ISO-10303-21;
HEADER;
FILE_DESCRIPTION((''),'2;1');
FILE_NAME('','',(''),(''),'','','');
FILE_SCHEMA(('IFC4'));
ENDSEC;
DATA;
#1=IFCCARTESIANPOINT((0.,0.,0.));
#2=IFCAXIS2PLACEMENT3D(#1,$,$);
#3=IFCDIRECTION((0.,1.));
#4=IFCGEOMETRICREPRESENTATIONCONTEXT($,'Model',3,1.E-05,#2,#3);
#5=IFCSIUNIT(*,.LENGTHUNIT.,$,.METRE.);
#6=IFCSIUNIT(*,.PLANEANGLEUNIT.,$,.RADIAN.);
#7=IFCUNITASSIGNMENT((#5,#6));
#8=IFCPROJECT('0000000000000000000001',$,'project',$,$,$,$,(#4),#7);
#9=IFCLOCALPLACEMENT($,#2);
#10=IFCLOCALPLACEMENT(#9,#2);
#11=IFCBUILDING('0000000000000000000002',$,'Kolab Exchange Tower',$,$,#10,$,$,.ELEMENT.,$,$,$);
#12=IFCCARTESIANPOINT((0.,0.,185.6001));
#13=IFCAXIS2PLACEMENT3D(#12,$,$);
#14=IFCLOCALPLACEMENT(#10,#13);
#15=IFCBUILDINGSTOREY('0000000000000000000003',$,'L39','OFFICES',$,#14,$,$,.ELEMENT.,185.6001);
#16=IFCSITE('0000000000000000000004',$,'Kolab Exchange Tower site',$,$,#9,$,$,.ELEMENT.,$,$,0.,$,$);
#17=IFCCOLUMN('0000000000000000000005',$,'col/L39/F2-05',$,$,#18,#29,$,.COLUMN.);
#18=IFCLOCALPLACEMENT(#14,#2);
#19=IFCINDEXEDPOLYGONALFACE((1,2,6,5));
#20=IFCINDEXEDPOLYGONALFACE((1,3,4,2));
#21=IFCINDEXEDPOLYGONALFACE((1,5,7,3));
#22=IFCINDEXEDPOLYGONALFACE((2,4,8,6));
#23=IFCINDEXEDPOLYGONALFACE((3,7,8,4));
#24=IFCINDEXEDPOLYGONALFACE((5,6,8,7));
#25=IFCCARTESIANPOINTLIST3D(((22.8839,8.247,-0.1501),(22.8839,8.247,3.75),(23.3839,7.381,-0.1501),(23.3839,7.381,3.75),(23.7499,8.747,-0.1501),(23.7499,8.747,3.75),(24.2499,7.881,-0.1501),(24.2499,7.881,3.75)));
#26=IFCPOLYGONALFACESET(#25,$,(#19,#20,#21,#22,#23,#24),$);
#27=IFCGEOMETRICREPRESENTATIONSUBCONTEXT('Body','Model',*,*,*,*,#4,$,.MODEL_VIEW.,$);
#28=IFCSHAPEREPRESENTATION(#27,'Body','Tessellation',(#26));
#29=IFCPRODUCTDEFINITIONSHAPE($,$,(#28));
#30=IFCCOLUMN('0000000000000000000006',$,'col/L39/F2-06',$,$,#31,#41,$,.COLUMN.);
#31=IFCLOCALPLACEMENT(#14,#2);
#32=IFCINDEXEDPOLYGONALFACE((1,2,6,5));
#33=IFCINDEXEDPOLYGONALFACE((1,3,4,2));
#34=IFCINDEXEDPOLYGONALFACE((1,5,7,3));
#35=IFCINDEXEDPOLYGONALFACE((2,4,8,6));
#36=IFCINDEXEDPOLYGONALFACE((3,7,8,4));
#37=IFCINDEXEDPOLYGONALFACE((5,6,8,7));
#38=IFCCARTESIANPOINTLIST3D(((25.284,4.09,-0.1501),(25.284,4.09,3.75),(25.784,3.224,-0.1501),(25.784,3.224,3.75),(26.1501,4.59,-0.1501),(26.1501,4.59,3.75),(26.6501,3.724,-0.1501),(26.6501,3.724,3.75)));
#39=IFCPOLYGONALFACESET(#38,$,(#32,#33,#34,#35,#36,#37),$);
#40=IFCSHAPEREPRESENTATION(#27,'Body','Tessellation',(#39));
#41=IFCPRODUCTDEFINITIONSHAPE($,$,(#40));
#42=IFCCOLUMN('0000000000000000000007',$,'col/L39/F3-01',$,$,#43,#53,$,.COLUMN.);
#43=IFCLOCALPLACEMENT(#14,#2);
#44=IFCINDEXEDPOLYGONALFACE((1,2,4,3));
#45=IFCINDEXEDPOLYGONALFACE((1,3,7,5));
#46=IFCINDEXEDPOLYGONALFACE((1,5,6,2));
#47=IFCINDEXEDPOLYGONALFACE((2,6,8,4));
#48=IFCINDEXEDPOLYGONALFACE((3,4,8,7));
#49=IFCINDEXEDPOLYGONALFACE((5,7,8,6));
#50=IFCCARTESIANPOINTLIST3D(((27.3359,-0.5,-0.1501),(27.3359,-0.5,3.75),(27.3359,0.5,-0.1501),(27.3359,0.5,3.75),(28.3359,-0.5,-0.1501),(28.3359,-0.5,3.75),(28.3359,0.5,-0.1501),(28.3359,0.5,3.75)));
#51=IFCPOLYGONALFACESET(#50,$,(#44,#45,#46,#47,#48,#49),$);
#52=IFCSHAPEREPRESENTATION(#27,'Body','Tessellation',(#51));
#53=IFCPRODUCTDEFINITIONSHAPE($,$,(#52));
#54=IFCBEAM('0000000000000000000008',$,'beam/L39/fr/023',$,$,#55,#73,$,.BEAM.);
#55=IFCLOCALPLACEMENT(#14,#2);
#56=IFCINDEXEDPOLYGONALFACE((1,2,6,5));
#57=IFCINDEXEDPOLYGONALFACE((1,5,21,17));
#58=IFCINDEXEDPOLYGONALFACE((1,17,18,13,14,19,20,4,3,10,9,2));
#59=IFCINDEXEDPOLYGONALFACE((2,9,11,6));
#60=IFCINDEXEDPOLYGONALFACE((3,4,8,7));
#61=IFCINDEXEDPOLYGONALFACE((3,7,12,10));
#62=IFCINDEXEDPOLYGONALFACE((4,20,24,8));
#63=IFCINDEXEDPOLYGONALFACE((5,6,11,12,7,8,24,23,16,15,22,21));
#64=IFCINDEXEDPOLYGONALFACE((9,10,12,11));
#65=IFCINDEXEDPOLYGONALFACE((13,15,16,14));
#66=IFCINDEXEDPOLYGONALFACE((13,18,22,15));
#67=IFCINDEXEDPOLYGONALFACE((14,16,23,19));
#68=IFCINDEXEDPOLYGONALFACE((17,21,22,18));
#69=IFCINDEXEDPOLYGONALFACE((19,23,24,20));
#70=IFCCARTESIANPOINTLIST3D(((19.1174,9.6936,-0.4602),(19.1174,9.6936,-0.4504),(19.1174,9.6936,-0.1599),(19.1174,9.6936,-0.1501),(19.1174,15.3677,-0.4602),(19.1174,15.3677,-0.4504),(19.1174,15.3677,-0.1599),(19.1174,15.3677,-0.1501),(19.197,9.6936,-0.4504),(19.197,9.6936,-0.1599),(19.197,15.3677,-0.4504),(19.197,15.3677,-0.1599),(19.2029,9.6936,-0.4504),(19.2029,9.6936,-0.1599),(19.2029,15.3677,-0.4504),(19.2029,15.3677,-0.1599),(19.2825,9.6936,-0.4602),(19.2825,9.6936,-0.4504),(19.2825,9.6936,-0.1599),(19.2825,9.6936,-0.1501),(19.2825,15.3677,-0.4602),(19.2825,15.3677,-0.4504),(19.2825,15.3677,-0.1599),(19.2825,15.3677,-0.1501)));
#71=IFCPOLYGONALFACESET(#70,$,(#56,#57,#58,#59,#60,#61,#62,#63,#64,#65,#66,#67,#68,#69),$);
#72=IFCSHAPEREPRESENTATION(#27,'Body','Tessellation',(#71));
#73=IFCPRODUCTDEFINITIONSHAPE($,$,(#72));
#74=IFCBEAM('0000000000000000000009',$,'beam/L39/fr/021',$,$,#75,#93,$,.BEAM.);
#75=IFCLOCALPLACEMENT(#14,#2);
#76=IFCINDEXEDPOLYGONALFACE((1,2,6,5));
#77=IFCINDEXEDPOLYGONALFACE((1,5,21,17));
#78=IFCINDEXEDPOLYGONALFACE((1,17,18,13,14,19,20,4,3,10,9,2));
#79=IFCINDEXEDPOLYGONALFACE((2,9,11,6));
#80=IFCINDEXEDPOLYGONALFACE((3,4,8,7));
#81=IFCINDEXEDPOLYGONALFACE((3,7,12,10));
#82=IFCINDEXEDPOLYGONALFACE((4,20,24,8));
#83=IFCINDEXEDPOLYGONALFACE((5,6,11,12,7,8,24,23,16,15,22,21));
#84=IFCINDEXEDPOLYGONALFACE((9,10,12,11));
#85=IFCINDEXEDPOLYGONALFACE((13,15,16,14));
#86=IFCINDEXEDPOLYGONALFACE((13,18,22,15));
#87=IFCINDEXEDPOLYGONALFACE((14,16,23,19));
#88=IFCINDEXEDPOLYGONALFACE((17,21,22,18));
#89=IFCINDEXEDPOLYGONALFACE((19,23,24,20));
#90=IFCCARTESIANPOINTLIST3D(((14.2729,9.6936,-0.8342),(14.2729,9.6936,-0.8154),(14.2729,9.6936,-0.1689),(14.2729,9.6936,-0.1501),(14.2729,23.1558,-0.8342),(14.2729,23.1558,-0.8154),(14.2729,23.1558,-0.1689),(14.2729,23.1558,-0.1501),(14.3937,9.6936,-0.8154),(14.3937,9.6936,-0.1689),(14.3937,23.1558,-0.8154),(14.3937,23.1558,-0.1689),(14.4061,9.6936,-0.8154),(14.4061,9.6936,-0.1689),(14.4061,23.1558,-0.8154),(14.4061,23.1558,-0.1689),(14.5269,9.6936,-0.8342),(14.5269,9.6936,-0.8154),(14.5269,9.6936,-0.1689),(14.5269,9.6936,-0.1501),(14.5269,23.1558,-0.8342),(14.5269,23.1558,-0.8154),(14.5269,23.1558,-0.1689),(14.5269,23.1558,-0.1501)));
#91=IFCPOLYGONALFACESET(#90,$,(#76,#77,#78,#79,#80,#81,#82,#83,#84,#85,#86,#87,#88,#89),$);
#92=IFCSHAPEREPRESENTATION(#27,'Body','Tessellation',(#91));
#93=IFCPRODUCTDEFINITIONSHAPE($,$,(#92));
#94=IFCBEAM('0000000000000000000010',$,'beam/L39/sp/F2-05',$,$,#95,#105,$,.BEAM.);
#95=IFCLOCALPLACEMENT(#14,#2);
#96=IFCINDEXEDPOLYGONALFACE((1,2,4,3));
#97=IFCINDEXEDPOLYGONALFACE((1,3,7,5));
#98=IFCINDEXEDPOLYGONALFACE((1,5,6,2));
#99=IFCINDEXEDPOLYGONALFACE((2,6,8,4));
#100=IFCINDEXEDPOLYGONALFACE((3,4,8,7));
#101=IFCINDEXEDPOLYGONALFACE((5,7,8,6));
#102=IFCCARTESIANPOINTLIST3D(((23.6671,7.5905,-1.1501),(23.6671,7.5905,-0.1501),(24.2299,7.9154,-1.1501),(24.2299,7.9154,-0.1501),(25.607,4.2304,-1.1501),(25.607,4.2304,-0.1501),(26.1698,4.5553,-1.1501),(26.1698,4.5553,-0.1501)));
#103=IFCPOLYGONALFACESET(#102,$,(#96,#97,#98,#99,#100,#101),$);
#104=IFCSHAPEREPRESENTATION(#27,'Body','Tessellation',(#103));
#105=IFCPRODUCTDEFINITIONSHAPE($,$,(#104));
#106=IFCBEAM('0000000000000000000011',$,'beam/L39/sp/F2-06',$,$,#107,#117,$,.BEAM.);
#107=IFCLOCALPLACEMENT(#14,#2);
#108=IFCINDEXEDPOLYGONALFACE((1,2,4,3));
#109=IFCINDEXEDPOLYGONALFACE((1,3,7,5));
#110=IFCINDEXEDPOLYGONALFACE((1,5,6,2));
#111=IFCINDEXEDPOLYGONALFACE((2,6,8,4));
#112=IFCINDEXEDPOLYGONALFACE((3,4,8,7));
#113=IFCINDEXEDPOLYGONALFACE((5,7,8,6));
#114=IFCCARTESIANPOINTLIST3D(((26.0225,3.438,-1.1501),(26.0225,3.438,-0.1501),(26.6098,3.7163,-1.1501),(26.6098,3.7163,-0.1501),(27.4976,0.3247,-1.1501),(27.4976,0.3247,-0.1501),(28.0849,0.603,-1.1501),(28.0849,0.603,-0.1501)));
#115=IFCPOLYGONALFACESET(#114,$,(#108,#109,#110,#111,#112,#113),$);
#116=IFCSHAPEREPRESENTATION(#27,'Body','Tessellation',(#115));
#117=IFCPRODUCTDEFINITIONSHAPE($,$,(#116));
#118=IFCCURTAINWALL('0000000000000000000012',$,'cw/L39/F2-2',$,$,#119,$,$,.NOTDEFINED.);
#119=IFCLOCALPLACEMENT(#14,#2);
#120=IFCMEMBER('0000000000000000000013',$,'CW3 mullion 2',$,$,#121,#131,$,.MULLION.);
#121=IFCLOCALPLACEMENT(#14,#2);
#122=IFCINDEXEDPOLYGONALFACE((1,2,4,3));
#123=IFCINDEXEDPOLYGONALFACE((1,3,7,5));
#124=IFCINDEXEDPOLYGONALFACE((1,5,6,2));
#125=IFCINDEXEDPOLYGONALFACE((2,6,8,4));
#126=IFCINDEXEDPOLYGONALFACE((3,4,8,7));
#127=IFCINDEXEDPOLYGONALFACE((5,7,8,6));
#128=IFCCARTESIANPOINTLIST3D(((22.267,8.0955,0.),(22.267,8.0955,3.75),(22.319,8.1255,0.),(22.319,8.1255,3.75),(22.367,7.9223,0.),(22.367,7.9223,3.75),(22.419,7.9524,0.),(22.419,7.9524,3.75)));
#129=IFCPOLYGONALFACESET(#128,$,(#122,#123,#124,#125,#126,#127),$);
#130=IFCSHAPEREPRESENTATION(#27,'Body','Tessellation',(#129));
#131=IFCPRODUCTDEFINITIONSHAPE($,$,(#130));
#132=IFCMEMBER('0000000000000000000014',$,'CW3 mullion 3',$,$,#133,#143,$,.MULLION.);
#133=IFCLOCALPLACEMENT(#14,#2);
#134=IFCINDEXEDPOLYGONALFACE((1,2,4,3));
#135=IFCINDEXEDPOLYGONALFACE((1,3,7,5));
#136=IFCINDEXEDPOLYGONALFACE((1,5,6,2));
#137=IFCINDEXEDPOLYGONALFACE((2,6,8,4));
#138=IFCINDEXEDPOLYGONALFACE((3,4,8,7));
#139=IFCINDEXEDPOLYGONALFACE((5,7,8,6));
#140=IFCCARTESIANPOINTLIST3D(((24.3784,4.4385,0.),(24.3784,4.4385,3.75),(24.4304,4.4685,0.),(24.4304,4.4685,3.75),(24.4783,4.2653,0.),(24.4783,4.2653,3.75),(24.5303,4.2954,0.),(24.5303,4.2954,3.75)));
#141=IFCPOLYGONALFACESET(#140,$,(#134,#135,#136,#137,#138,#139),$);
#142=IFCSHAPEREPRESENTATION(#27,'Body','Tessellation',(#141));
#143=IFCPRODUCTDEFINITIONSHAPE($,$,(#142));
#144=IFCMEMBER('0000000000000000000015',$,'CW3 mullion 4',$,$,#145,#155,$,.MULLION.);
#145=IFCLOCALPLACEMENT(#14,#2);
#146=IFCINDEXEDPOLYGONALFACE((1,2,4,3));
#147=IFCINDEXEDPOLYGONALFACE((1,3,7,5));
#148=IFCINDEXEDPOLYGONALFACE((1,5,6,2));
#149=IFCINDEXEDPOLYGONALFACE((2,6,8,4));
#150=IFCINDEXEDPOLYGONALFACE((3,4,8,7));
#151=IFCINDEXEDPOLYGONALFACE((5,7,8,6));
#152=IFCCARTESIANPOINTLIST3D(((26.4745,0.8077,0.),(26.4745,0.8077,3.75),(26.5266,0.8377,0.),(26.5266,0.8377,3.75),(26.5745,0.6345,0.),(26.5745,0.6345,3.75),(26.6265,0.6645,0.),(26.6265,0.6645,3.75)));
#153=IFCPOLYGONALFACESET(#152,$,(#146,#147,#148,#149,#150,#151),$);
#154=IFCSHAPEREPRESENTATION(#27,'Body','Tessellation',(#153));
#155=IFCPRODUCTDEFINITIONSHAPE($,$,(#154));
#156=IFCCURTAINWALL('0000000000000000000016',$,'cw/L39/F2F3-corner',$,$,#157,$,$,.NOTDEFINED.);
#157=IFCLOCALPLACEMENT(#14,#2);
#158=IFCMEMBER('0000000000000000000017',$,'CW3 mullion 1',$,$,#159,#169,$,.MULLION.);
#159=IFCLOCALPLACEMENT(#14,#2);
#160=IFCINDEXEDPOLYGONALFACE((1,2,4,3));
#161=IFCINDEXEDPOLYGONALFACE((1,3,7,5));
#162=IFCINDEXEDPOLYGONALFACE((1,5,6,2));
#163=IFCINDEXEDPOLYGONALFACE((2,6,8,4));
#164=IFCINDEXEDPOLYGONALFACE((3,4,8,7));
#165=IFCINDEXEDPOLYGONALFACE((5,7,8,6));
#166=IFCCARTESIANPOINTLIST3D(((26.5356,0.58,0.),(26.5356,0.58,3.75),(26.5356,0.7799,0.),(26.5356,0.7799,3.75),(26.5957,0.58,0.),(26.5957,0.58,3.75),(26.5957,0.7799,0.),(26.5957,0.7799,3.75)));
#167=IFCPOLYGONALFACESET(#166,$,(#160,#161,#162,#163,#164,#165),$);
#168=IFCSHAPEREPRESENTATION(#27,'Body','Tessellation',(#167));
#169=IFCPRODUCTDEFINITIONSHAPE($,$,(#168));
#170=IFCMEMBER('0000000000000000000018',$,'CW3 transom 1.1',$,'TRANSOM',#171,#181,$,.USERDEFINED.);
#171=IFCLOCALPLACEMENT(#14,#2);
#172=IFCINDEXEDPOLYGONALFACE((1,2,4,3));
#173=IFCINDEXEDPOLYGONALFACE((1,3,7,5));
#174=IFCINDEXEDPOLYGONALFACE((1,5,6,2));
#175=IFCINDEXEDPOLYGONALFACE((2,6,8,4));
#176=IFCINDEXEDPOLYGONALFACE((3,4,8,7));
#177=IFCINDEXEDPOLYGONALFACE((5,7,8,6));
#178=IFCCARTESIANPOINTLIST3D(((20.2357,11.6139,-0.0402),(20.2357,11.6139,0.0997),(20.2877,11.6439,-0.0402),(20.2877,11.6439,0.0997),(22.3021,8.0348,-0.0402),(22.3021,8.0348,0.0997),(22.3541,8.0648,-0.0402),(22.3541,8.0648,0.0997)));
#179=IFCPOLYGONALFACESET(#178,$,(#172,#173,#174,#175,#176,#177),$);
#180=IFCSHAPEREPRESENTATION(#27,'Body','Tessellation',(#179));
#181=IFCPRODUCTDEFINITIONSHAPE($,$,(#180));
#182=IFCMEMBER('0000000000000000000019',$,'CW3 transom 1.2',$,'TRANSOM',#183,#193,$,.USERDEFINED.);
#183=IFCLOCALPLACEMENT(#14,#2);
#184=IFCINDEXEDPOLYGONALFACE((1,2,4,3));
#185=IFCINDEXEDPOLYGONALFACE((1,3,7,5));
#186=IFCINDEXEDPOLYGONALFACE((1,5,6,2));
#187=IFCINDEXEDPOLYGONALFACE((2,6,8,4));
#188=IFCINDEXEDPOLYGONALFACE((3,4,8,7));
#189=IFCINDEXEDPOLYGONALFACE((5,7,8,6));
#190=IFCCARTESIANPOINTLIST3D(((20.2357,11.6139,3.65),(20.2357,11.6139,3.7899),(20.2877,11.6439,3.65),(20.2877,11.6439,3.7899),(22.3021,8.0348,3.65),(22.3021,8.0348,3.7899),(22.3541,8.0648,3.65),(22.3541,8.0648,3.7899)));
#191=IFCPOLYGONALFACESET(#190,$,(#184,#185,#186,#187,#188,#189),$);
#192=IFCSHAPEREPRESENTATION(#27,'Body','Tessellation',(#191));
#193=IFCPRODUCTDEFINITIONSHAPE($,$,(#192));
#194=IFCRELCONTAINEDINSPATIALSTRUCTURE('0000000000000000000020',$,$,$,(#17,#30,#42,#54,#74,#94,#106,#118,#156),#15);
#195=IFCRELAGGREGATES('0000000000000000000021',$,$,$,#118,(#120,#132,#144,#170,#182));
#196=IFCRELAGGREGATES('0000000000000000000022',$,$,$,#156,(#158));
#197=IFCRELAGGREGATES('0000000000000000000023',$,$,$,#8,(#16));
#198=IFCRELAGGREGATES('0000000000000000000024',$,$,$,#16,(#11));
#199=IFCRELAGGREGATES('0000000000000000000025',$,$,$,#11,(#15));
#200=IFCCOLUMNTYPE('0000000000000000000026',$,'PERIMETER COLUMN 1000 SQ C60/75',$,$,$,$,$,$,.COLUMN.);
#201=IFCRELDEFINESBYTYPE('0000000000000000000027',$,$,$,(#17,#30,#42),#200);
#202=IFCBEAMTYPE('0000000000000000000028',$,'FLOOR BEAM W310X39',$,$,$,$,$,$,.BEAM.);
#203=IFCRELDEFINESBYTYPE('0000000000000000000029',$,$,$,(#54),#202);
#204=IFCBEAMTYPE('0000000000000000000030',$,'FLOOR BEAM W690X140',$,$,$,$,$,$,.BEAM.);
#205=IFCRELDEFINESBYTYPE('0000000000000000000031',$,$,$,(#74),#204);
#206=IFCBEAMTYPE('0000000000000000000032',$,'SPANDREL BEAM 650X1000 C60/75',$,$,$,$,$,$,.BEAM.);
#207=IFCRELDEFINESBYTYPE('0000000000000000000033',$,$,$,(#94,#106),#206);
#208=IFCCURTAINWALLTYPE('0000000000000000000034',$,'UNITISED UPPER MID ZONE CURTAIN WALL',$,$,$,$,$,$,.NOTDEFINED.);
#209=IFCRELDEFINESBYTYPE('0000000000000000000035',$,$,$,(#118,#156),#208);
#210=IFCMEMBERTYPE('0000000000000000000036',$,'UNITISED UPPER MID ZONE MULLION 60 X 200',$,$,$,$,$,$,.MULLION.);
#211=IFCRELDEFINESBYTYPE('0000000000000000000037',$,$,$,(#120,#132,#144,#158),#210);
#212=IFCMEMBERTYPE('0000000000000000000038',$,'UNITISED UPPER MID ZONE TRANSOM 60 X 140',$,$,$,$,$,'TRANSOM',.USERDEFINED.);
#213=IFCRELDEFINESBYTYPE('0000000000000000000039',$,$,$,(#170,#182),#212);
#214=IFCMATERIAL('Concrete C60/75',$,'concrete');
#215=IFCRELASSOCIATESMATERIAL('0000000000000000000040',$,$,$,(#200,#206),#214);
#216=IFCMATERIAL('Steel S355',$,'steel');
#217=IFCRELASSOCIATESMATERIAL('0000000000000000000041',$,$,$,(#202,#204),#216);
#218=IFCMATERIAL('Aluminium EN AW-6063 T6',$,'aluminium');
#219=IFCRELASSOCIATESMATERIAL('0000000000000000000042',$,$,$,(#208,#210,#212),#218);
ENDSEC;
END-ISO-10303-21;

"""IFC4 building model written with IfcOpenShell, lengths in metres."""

from ifc_helpers import new_model, si_unit, direction, frame, origin, origin_2d, place, context, subcontext, project, spatial, rectangle, i_section, extrude, material, material_profile, profile_set, type_object, element, aggregate, save


model = new_model("IFC4")

# Units and contexts
model_context = context("Model", 3, precision=1e-05, world=origin(), true_north=direction((0.0, 1.0)))
body_context = subcontext(model_context, "Body", "Model", "MODEL_VIEW")
ifc_project = project(units=[si_unit("LENGTHUNIT", "METRE"), si_unit("PLANEANGLEUNIT", "RADIAN")], contexts=[model_context])

# Site, building, storey
site_placement = place(None, origin())
site = spatial("IfcSite", under=ifc_project, at=site_placement, Name="Kolab Exchange Tower site", CompositionType="ELEMENT", RefElevation=0.0)
building_placement = place(site_placement, origin())
building = spatial("IfcBuilding", under=site, at=building_placement, Name="Kolab Exchange Tower", CompositionType="ELEMENT")
storey_placement = place(building_placement, frame((0.0, 0.0, 185.6001)))
storey = spatial("IfcBuildingStorey", under=building, at=storey_placement, Name="L39", Description="OFFICES", CompositionType="ELEMENT", Elevation=185.6001)

# Columns
ifc_material_1 = material(Name="Concrete C60/75", Category="concrete")
ifc_material_profile_1 = material_profile(ifc_material_1, rectangle(XDim=1.0, YDim=1.0, at=origin_2d()), Name="RC1000")
ifc_profile_set_1 = profile_set([ifc_material_profile_1], Name="Concrete C60/75")
column_type = type_object("IfcColumnType", Name="PERIMETER COLUMN 1000 SQ C60/75", PredefinedType="COLUMN", material=ifc_profile_set_1)
for number, where, z_axis, x_axis, name in (
    (1, (23.5669, 8.064, -0.1501), (0.0, 0.0, 1.0), (0.866025, 0.5, 0.0), "col/L39/F2-05"),
    (2, (25.967, 3.907, -0.1501), (0.0, 0.0, 1.0), (0.866025, 0.5, 0.0), "col/L39/F2-06"),
    (3, (27.8359, 0.0, -0.1501), (0.0, 0.0, 1.0), (1.0, 0.0, 0.0), "col/L39/F3-01"),
):
    element("IfcColumn", number, at=place(storey_placement, frame(where, z_axis=z_axis, x_axis=x_axis)), inside=storey, type_object=column_type, Name=name, PredefinedType="COLUMN", context=body_context, shape_type="SweptSolid", body=[
        extrude(rectangle(XDim=1.0, YDim=1.0, at=origin_2d()), origin(), (0.0, 0.0, 1.0), 3.9001),
    ])

# Beams
ifc_material_2 = material(Name="Steel S355", Category="steel")
ifc_material_profile_2 = material_profile(ifc_material_2, i_section(OverallWidth=0.165, OverallDepth=0.3101, WebThickness=0.0059, FlangeThickness=0.0098, at=origin_2d()), Name="W310X39")
ifc_profile_set_2 = profile_set([ifc_material_profile_2], Name="Steel S355")
beam_type_1 = type_object("IfcBeamType", Name="FLOOR BEAM W310X39", PredefinedType="BEAM", material=ifc_profile_set_2)
beam_1_placement = place(storey_placement, frame((19.2, 9.6936, -0.3052), z_axis=(0.0, 1.0, 0.0), x_axis=(-1.0, 0.0, 0.0)))
element("IfcBeam", 4, at=beam_1_placement, inside=storey, type_object=beam_type_1, Name="beam/L39/fr/023", PredefinedType="BEAM", context=body_context, shape_type="SweptSolid", body=[
    extrude(i_section(OverallWidth=0.165, OverallDepth=0.3101, WebThickness=0.0059, FlangeThickness=0.0098, at=origin_2d()), origin(), (0.0, 0.0, 1.0), 5.6741),
])
ifc_material_profile_3 = material_profile(ifc_material_2, i_section(OverallWidth=0.2539, OverallDepth=0.6841, WebThickness=0.0125, FlangeThickness=0.0188, at=origin_2d()), Name="W690X140")
ifc_profile_set_3 = profile_set([ifc_material_profile_3], Name="Steel S355")
beam_type_2 = type_object("IfcBeamType", Name="FLOOR BEAM W690X140", PredefinedType="BEAM", material=ifc_profile_set_3)
beam_2_placement = place(storey_placement, frame((14.3999, 9.6936, -0.4922), z_axis=(0.0, 1.0, 0.0), x_axis=(-1.0, 0.0, 0.0)))
element("IfcBeam", 5, at=beam_2_placement, inside=storey, type_object=beam_type_2, Name="beam/L39/fr/021", PredefinedType="BEAM", context=body_context, shape_type="SweptSolid", body=[
    extrude(i_section(OverallWidth=0.2539, OverallDepth=0.6841, WebThickness=0.0125, FlangeThickness=0.0188, at=origin_2d()), origin(), (0.0, 0.0, 1.0), 13.4622),
])
ifc_material_profile_4 = material_profile(ifc_material_1, rectangle(XDim=0.6499, YDim=1.0, at=origin_2d()), Name="RC650X1000")
ifc_profile_set_4 = profile_set([ifc_material_profile_4], Name="Concrete C60/75")
beam_type_3 = type_object("IfcBeamType", Name="SPANDREL BEAM 650X1000 C60/75", PredefinedType="BEAM", material=ifc_profile_set_4)
beam_3_placement = place(storey_placement, frame((23.9485, 7.7529, -0.6501), z_axis=(0.499997, -0.866027, 0.0), x_axis=(0.866027, 0.499997, 0.0)))
element("IfcBeam", 6, at=beam_3_placement, inside=storey, type_object=beam_type_3, Name="beam/L39/sp/F2-05", PredefinedType="BEAM", context=body_context, shape_type="SweptSolid", body=[
    extrude(rectangle(XDim=0.6499, YDim=1.0, at=origin_2d()), origin(), (0.0, 0.0, 1.0), 3.8799),
])
beam_4_placement = place(storey_placement, frame((26.3162, 3.5771, -0.6501), z_axis=(0.428178, -0.903695, 0.0), x_axis=(0.903695, 0.428178, 0.0)))
element("IfcBeam", 7, at=beam_4_placement, inside=storey, type_object=beam_type_3, Name="beam/L39/sp/F2-06", PredefinedType="BEAM", context=body_context, shape_type="SweptSolid", body=[
    extrude(rectangle(XDim=0.6499, YDim=1.0, at=origin_2d()), origin(), (0.0, 0.0, 1.0), 3.4451),
])

# Curtain wall, members
ifc_material_3 = material(Name="Aluminium EN AW-6063 T6", Category="aluminium")
curtain_wall_type = type_object("IfcCurtainWallType", Name="UNITISED UPPER MID ZONE CURTAIN WALL", PredefinedType="NOTDEFINED", material=ifc_material_3)
curtain_wall_1_placement = place(storey_placement, origin())
curtain_wall_1 = element("IfcCurtainWall", 8, at=curtain_wall_1_placement, inside=storey, type_object=curtain_wall_type, Name="cw/L39/F2-2", PredefinedType="NOTDEFINED")
ifc_material_profile_5 = material_profile(ifc_material_3, rectangle(XDim=0.0601, YDim=0.2, at=origin_2d()), Name="RECT 60X200")
ifc_profile_set_5 = profile_set([ifc_material_profile_5], Name="Aluminium EN AW-6063 T6")
member_type_1 = type_object("IfcMemberType", Name="UNITISED UPPER MID ZONE MULLION 60 X 200", PredefinedType="MULLION", material=ifc_profile_set_5)
member_1_placement = place(storey_placement, frame((22.343, 8.0239, 0.0), z_axis=(0.0, 0.0, 1.0), x_axis=(0.866025, 0.5, 0.0)))
member_1 = element("IfcMember", 9, at=member_1_placement, type_object=member_type_1, Name="CW3 mullion 2", PredefinedType="MULLION", context=body_context, shape_type="SweptSolid", body=[
    extrude(rectangle(XDim=0.0601, YDim=0.2, at=origin_2d()), origin(), (0.0, 0.0, 1.0), 3.75),
])
member_2_placement = place(storey_placement, frame((24.4543, 4.3669, 0.0), z_axis=(0.0, 0.0, 1.0), x_axis=(0.866025, 0.5, 0.0)))
member_2 = element("IfcMember", 10, at=member_2_placement, type_object=member_type_1, Name="CW3 mullion 3", PredefinedType="MULLION", context=body_context, shape_type="SweptSolid", body=[
    extrude(rectangle(XDim=0.0601, YDim=0.2, at=origin_2d()), origin(), (0.0, 0.0, 1.0), 3.75),
])
member_3_placement = place(storey_placement, frame((26.5505, 0.7361, 0.0), z_axis=(0.0, 0.0, 1.0), x_axis=(0.866025, 0.5, 0.0)))
member_3 = element("IfcMember", 11, at=member_3_placement, type_object=member_type_1, Name="CW3 mullion 4", PredefinedType="MULLION", context=body_context, shape_type="SweptSolid", body=[
    extrude(rectangle(XDim=0.0601, YDim=0.2, at=origin_2d()), origin(), (0.0, 0.0, 1.0), 3.75),
])

# Curtain wall, member
curtain_wall_2_placement = place(storey_placement, origin())
curtain_wall_2 = element("IfcCurtainWall", 12, at=curtain_wall_2_placement, inside=storey, type_object=curtain_wall_type, Name="cw/L39/F2F3-corner", PredefinedType="NOTDEFINED")
member_4_placement = place(storey_placement, frame((26.5657, 0.6799, 0.0), z_axis=(0.0, 0.0, 1.0), x_axis=(1.0, 0.0, 0.0)))
member_4 = element("IfcMember", 13, at=member_4_placement, type_object=member_type_1, Name="CW3 mullion 1", PredefinedType="MULLION", context=body_context, shape_type="SweptSolid", body=[
    extrude(rectangle(XDim=0.0601, YDim=0.2, at=origin_2d()), origin(), (0.0, 0.0, 1.0), 3.75),
])

# Members
ifc_material_profile_6 = material_profile(ifc_material_3, rectangle(XDim=0.0601, YDim=0.1399, at=origin_2d()), Name="RECT 60X140")
ifc_profile_set_6 = profile_set([ifc_material_profile_6], Name="Aluminium EN AW-6063 T6")
member_type_2 = type_object("IfcMemberType", Name="UNITISED UPPER MID ZONE TRANSOM 60 X 140", ElementType="TRANSOM", PredefinedType="USERDEFINED", material=ifc_profile_set_6)
member_5_placement = place(storey_placement, frame((20.2617, 11.6289, 0.0298), z_axis=(0.500002, -0.866024, 0.0), x_axis=(0.866024, 0.500002, 0.0)))
member_5 = element("IfcMember", 14, at=member_5_placement, type_object=member_type_2, Name="CW3 transom 1.1", ObjectType="TRANSOM", PredefinedType="USERDEFINED", context=body_context, shape_type="SweptSolid", body=[
    extrude(rectangle(XDim=0.0601, YDim=0.1399, at=origin_2d()), origin(), (0.0, 0.0, 1.0), 4.1328),
])
member_6_placement = place(storey_placement, frame((20.2617, 11.6289, 3.72), z_axis=(0.500002, -0.866024, 0.0), x_axis=(0.866024, 0.500002, 0.0)))
member_6 = element("IfcMember", 15, at=member_6_placement, type_object=member_type_2, Name="CW3 transom 1.2", ObjectType="TRANSOM", PredefinedType="USERDEFINED", context=body_context, shape_type="SweptSolid", body=[
    extrude(rectangle(XDim=0.0601, YDim=0.1399, at=origin_2d()), origin(), (0.0, 0.0, 1.0), 4.1328),
])

aggregate(curtain_wall_1, [member_1, member_2, member_3, member_5, member_6])
aggregate(curtain_wall_2, [member_4])

save(model, "model.ifc")
